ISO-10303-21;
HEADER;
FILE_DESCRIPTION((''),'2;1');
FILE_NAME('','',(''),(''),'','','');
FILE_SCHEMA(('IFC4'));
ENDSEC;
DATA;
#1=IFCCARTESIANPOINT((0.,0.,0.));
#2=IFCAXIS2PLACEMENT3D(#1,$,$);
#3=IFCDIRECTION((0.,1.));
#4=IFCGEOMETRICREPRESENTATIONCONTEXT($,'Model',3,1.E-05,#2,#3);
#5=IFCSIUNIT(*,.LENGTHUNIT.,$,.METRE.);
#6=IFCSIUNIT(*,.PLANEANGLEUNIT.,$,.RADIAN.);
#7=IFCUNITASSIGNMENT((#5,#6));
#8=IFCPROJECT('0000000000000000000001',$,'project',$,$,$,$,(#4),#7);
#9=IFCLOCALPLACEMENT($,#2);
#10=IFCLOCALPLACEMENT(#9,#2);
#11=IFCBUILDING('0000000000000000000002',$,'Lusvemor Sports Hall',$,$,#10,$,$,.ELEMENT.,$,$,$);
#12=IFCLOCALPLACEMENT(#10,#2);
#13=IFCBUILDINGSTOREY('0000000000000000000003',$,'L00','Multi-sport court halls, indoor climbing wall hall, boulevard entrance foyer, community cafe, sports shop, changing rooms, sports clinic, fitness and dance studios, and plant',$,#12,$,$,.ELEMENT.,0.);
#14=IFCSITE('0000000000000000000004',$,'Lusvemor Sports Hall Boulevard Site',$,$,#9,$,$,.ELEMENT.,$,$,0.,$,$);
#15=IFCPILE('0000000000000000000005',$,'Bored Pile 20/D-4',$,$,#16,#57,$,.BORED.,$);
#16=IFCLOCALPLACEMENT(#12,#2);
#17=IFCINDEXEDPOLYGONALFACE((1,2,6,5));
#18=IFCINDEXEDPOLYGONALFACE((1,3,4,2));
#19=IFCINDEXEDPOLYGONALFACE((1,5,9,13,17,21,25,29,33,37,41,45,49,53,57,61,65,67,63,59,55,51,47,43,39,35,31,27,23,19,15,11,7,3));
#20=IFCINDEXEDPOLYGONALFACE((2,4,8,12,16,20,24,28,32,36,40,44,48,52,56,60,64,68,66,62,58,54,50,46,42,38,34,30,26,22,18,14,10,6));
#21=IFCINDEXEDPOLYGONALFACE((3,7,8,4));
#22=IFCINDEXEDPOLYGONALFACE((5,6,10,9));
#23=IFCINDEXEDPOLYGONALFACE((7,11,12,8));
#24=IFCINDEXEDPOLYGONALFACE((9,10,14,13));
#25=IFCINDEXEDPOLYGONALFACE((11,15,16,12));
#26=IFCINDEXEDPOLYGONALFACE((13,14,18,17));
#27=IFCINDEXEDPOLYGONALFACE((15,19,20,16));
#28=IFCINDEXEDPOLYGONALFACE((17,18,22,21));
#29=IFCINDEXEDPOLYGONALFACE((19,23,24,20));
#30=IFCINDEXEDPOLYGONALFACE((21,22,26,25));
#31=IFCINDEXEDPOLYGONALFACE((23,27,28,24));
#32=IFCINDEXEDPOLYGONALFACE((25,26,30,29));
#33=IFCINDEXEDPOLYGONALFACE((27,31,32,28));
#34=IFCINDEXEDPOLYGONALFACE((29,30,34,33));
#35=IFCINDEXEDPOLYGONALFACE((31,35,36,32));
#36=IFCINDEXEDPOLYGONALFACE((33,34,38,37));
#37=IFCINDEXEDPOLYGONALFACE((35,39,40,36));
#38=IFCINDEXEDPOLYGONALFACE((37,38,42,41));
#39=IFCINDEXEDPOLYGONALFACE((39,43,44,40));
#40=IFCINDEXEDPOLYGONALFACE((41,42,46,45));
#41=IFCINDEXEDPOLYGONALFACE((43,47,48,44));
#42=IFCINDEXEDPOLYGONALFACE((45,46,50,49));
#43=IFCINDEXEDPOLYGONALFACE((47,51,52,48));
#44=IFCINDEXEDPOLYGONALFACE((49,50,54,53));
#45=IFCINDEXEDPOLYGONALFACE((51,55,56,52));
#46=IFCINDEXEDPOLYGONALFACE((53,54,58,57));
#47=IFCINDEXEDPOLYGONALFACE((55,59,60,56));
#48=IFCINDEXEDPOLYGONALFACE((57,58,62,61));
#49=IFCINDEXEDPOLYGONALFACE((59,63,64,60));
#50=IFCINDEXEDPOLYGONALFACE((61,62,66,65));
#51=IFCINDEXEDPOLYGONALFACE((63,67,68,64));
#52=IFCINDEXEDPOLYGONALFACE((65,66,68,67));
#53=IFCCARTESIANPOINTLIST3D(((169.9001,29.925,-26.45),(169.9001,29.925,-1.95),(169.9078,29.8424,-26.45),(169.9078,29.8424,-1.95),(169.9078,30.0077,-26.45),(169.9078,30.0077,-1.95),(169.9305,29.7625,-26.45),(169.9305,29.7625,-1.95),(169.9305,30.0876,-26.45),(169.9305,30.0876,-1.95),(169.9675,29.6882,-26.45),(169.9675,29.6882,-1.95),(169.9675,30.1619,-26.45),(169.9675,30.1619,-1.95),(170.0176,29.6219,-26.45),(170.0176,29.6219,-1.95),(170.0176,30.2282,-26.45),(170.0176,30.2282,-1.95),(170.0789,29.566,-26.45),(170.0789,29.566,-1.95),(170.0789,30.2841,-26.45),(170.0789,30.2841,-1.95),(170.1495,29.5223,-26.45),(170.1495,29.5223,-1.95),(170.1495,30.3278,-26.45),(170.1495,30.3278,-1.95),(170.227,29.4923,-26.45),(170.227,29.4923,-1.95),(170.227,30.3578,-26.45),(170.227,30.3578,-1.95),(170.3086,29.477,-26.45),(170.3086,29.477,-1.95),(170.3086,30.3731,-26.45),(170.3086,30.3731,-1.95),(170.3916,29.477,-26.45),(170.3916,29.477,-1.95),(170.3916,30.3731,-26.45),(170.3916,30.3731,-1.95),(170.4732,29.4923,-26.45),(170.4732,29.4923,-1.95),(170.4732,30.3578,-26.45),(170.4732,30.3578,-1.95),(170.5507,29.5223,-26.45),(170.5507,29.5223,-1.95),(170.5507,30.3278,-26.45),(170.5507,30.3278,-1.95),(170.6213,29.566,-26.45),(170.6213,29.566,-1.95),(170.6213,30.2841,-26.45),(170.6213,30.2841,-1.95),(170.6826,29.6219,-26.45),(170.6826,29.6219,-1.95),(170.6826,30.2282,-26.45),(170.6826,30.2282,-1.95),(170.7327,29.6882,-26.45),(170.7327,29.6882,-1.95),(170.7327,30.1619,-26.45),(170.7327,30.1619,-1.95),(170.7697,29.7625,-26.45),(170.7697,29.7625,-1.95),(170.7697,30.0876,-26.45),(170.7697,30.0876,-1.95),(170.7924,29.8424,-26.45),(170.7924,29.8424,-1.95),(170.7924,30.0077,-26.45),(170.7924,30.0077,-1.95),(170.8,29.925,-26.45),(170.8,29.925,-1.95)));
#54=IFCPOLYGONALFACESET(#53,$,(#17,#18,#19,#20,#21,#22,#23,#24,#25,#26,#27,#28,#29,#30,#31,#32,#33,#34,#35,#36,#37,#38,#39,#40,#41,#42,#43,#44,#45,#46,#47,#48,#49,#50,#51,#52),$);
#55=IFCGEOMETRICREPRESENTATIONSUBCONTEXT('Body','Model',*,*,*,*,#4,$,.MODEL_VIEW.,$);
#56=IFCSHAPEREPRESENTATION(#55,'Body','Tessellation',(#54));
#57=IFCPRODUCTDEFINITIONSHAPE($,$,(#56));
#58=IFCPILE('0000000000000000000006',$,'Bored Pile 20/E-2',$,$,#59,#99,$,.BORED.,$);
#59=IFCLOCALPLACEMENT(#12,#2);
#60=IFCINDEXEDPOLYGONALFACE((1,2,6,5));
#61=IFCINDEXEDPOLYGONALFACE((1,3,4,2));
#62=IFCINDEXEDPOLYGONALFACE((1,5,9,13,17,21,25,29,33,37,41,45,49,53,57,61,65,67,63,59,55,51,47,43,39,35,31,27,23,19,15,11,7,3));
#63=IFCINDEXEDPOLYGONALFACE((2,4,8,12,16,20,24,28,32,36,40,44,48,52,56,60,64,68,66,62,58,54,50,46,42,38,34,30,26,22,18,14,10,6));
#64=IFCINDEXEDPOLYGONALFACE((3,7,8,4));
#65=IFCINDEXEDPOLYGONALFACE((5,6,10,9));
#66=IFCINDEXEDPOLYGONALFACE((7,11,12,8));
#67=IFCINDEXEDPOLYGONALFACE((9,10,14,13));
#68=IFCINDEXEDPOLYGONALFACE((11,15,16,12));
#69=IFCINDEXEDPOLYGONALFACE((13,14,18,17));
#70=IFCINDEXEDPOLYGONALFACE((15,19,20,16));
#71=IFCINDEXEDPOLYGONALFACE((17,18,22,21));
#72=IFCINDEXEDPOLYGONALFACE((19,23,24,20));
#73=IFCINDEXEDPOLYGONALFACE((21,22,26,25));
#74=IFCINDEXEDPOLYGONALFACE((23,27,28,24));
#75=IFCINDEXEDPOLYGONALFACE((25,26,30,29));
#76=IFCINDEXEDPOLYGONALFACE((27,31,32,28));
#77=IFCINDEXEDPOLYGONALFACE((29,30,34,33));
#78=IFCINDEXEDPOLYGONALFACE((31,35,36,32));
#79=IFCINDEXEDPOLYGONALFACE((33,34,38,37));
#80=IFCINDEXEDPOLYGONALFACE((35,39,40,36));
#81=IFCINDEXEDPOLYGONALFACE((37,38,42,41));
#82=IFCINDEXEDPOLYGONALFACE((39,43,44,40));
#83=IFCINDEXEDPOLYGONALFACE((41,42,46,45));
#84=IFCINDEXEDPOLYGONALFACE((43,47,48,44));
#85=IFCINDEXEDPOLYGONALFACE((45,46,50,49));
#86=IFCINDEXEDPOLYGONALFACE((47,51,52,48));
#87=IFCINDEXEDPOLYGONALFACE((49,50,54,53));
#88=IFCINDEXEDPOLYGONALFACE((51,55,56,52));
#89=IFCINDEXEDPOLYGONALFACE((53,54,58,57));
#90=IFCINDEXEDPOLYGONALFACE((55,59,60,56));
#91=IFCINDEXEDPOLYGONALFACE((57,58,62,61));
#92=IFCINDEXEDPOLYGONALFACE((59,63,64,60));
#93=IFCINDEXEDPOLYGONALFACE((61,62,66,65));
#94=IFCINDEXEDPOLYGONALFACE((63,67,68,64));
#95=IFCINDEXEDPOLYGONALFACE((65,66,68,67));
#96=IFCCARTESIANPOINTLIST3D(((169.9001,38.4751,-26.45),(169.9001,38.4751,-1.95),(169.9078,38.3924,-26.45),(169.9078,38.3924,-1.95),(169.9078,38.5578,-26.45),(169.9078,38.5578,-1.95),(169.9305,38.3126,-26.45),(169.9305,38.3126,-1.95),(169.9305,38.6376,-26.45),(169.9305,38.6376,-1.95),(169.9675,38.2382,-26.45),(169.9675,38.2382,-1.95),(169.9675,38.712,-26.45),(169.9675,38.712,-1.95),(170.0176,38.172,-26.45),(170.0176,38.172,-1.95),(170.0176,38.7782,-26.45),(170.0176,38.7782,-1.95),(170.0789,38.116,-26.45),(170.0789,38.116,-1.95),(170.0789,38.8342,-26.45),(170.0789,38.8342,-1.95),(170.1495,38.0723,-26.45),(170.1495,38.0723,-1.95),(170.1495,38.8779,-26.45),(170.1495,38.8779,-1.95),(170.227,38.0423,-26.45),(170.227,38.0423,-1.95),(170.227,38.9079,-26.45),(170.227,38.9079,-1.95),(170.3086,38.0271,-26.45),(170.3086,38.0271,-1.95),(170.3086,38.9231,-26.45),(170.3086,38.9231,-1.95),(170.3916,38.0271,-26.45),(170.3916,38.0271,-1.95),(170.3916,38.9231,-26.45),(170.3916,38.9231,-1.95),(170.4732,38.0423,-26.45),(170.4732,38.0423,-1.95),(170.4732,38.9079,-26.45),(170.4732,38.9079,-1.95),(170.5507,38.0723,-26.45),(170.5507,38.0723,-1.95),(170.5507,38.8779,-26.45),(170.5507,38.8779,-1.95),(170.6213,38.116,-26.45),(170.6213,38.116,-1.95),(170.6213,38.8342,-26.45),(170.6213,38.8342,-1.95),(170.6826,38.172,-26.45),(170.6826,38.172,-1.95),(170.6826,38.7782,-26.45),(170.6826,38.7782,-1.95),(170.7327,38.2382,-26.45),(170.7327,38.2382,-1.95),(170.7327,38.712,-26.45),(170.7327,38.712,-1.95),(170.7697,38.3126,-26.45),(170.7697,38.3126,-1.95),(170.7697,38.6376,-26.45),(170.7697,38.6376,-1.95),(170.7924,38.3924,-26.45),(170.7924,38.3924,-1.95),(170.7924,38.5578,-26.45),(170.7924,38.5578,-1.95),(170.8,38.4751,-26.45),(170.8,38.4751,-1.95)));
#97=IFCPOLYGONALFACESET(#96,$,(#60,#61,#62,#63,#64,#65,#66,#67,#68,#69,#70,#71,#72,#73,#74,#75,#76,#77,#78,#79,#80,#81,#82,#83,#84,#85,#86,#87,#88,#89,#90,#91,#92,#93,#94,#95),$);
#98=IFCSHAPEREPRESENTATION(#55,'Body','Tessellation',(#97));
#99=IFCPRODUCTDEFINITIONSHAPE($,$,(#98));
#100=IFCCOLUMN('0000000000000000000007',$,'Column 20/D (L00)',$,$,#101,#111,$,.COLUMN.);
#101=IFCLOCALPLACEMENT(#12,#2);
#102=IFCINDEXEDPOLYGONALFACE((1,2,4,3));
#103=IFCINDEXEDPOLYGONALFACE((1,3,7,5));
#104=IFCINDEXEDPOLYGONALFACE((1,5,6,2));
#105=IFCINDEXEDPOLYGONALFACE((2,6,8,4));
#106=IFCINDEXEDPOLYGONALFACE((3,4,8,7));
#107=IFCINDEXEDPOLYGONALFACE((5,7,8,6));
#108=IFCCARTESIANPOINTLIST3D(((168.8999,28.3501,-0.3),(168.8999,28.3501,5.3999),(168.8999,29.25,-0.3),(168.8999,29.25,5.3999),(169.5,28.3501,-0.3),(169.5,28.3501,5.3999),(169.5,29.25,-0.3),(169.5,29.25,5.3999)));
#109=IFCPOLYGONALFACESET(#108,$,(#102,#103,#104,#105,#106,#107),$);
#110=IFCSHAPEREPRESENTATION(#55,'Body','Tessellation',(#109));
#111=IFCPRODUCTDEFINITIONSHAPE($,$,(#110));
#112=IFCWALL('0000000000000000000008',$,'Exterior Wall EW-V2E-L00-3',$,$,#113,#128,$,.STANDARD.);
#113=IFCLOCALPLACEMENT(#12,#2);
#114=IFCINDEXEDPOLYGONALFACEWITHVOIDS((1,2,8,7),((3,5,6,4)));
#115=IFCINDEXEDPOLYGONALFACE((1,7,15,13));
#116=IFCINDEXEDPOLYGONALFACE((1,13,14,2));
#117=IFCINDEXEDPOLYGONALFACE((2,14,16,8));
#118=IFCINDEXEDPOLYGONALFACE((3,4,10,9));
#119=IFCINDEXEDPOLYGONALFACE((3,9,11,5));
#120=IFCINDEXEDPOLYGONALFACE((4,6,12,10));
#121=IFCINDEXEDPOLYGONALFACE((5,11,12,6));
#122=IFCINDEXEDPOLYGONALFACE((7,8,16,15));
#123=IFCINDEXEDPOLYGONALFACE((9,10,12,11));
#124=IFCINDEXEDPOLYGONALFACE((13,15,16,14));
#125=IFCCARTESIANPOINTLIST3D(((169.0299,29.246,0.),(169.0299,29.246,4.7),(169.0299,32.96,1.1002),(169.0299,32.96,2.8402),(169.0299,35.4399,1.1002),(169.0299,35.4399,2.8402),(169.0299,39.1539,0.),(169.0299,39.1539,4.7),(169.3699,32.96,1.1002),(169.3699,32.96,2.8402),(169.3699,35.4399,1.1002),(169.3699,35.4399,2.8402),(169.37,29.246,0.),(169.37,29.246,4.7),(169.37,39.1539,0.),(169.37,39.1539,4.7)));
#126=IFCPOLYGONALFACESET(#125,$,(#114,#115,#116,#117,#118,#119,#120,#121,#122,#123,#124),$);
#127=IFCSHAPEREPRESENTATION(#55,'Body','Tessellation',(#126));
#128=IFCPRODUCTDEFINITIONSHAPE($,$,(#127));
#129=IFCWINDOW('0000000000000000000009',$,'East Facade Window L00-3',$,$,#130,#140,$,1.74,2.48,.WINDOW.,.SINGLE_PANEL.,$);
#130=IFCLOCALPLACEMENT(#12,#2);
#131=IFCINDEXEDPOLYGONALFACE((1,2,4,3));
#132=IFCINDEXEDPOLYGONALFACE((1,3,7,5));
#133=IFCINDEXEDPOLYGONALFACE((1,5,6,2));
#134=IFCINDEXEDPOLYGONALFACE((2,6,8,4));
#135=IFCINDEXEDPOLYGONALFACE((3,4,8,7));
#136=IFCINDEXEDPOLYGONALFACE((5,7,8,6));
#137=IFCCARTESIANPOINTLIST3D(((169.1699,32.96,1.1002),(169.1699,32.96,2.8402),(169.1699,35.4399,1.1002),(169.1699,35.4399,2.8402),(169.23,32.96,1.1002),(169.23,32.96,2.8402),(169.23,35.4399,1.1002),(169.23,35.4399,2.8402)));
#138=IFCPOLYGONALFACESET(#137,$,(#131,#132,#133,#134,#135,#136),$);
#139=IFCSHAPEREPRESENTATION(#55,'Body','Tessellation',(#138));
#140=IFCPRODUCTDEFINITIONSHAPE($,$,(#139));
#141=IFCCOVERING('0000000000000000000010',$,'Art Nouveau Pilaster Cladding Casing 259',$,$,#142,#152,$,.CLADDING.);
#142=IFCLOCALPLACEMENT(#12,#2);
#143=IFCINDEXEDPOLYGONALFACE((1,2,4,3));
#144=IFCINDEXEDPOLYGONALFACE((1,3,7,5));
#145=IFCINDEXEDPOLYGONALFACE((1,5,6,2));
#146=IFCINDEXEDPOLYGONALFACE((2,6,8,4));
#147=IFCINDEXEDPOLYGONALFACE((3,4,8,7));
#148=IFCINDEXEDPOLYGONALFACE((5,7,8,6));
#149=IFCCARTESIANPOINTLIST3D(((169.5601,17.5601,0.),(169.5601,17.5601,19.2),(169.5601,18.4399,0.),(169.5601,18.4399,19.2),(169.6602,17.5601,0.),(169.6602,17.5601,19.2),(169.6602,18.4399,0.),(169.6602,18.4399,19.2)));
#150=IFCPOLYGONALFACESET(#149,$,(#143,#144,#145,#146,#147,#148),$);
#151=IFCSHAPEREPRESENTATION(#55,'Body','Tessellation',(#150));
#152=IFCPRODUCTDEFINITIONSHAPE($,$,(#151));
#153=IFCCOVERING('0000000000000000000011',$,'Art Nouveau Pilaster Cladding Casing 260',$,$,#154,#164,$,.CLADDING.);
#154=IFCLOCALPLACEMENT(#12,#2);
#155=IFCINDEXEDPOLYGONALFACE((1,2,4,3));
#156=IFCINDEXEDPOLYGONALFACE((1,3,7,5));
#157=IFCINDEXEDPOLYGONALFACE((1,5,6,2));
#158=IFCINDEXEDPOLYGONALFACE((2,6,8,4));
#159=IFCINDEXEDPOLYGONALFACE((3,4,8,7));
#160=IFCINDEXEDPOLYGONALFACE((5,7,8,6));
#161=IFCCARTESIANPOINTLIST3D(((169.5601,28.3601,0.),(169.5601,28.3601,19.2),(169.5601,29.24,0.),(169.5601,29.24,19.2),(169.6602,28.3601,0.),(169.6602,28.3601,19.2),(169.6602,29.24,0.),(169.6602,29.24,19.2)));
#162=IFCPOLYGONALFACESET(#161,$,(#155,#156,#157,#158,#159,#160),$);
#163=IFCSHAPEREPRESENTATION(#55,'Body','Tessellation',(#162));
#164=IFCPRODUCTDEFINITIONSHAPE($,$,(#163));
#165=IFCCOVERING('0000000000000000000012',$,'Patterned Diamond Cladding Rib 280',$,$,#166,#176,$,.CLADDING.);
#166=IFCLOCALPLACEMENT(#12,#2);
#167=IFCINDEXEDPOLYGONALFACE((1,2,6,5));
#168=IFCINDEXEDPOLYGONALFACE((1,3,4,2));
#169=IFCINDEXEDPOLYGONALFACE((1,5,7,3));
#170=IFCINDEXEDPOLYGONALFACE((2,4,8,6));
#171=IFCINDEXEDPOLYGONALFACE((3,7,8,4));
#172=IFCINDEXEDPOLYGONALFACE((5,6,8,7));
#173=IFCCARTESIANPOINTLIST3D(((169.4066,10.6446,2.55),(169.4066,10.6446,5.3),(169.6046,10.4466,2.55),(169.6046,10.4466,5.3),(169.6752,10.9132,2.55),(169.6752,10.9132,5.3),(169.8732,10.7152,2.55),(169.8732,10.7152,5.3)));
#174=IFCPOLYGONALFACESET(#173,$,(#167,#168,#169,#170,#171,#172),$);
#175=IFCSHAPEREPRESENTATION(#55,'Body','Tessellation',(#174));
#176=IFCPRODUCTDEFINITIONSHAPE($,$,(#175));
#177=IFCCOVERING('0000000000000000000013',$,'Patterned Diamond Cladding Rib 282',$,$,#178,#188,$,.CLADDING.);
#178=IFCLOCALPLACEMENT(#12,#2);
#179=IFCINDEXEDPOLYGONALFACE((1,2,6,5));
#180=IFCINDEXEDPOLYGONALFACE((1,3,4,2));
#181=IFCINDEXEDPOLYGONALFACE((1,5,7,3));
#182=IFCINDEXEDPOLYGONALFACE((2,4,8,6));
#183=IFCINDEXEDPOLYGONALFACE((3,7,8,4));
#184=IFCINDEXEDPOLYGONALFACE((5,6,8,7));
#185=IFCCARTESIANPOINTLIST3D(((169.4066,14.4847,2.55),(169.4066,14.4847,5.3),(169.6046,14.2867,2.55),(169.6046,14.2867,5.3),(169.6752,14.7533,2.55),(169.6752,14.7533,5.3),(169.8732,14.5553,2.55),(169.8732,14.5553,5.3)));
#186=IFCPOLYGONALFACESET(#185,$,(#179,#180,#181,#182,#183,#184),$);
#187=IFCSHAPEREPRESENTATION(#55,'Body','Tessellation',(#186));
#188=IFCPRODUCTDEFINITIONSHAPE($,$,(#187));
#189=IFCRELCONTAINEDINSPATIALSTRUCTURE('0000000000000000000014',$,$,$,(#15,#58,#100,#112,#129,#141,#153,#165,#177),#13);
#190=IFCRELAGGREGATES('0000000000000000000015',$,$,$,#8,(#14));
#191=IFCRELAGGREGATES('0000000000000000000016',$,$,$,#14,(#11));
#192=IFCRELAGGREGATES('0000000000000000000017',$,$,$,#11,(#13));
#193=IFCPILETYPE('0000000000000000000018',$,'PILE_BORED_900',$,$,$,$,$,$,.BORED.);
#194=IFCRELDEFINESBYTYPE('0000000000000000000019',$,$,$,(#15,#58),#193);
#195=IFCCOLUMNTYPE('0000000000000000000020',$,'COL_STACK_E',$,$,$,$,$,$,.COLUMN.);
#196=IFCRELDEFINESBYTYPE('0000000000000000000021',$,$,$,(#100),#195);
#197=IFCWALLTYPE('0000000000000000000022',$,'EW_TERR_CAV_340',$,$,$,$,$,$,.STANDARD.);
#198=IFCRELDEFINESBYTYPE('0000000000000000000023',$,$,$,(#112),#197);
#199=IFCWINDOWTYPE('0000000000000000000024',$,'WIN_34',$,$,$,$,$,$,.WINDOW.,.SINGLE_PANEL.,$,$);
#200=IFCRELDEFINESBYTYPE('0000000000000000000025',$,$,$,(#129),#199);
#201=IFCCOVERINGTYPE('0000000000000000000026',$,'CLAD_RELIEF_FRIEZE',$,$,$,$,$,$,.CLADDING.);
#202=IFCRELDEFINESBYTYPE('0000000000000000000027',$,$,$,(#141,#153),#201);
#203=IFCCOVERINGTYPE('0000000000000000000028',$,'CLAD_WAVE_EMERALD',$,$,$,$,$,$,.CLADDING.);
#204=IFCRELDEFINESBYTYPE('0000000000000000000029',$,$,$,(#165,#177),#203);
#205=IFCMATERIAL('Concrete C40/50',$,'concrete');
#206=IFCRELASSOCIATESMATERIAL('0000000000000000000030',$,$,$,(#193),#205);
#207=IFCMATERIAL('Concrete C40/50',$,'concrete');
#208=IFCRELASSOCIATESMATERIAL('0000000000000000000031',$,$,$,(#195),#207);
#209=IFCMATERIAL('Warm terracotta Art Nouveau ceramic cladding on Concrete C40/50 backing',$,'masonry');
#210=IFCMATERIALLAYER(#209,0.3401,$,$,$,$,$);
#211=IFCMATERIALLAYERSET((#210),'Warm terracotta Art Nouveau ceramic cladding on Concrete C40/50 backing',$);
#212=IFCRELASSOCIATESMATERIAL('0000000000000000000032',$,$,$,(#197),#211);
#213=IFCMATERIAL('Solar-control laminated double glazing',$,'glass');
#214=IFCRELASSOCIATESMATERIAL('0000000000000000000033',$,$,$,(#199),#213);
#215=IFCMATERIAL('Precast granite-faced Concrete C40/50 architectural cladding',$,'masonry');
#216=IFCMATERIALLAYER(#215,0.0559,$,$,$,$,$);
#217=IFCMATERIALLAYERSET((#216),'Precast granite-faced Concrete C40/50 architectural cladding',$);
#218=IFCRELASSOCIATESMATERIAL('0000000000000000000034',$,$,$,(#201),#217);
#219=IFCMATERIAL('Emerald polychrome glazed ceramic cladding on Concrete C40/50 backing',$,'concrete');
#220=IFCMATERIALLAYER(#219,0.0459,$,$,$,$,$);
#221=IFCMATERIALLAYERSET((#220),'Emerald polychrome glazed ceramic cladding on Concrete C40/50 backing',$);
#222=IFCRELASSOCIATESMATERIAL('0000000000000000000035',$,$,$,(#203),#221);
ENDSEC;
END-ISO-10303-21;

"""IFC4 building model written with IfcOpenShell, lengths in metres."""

from ifc_helpers import new_model, si_unit, direction, frame, frame_2d, origin, origin_2d, place, context, subcontext, project, spatial, rectangle, circle, extrude, material, layer, layer_set, material_profile, profile_set, type_object, element, fill, save


model = new_model("IFC4")

# Units and contexts
model_context = context("Model", 3, precision=1e-05, world=origin(), true_north=direction((0.0, 1.0)))
body_context = subcontext(model_context, "Body", "Model", "MODEL_VIEW")
ifc_project = project(units=[si_unit("LENGTHUNIT", "METRE"), si_unit("PLANEANGLEUNIT", "RADIAN")], contexts=[model_context])

# Site, building, storey
site_placement = place(None, origin())
site = spatial("IfcSite", under=ifc_project, at=site_placement, Name="Lusvemor Sports Hall Boulevard Site", CompositionType="ELEMENT", RefElevation=0.0)
building_placement = place(site_placement, origin())
building = spatial("IfcBuilding", under=site, at=building_placement, Name="Lusvemor Sports Hall", CompositionType="ELEMENT")
storey_placement = place(building_placement, origin())
storey = spatial("IfcBuildingStorey", under=building, at=storey_placement, Name="L00", Description="Multi-sport court halls, indoor climbing wall hall, boulevard entrance foyer, community cafe, sports shop, changing rooms, sports clinic, fitness and dance studios, and plant", CompositionType="ELEMENT", Elevation=0.0)

# Piles
ifc_material_1 = material(Name="Concrete C40/50", Category="concrete")
ifc_material_profile_1 = material_profile(ifc_material_1, circle(Radius=0.45, at=origin_2d()), Name="PILE900")
ifc_profile_set_1 = profile_set([ifc_material_profile_1], Name="Concrete C40/50")
pile_type = type_object("IfcPileType", Name="PILE_BORED_900", PredefinedType="BORED", material=ifc_profile_set_1)
for number, where, z_axis, x_axis, name in (
    (1, (170.3501, 29.925, -1.95), (0.0, 0.0, -1.0), (1.0, 0.0, 0.0), "Bored Pile 20/D-4"),
    (2, (170.3501, 38.4751, -1.95), (0.0, 0.0, -1.0), (1.0, 0.0, 0.0), "Bored Pile 20/E-2"),
):
    element("IfcPile", number, at=place(storey_placement, frame(where, z_axis=z_axis, x_axis=x_axis)), inside=storey, type_object=pile_type, Name=name, PredefinedType="BORED", context=body_context, shape_type="SweptSolid", body=[
        extrude(circle(Radius=0.45, at=origin_2d()), origin(), (0.0, 0.0, 1.0), 24.5),
    ])

# Column
ifc_material_2 = material(Name="Concrete C40/50", Category="concrete")
ifc_material_profile_2 = material_profile(ifc_material_2, rectangle(XDim=0.6001, YDim=0.8999, at=origin_2d()), Name="RC600x900")
ifc_profile_set_2 = profile_set([ifc_material_profile_2], Name="Concrete C40/50")
column_type = type_object("IfcColumnType", Name="COL_STACK_E", PredefinedType="COLUMN", material=ifc_profile_set_2)
column_placement = place(storey_placement, frame((169.2, 28.8, -0.3), z_axis=(0.0, 0.0, 1.0), x_axis=(1.0, 0.0, 0.0)))
element("IfcColumn", 3, at=column_placement, inside=storey, type_object=column_type, Name="Column 20/D (L00)", PredefinedType="COLUMN", context=body_context, shape_type="SweptSolid", body=[
    extrude(rectangle(XDim=0.6001, YDim=0.8999, at=origin_2d()), origin(), (0.0, 0.0, 1.0), 5.7),
])

# Shared definitions
ifc_material_3 = material(Name="Warm terracotta Art Nouveau ceramic cladding on Concrete C40/50 backing", Category="masonry")
ifc_layer_1 = layer(ifc_material_3, 0.3401)
ifc_layer_set_1 = layer_set([ifc_layer_1], Name="Warm terracotta Art Nouveau ceramic cladding on Concrete C40/50 backing")
wall_type = type_object("IfcWallType", Name="EW_TERR_CAV_340", PredefinedType="STANDARD", material=ifc_layer_set_1)

# Wall, opening, window
wall_1_placement = place(storey_placement, frame((169.2, 39.1541, 0.0), z_axis=(0.0, 0.0, 1.0), x_axis=(0.0, -1.0, 0.0)))
wall_1 = element("IfcWall", 4, at=wall_1_placement, inside=storey, type_object=wall_type, Name="Exterior Wall EW-V2E-L00-3", PredefinedType="STANDARD", context=body_context, shape_type="SweptSolid", body=[
    extrude(rectangle(XDim=9.908, YDim=0.3401, at=frame_2d((4.9541, 0.0))), origin(), (0.0, 0.0, 1.0), 4.7),
])
opening_1_placement = place(wall_1_placement, frame((3.7141, 0.0, 1.1001)))
opening_1 = element("IfcOpeningElement", 5, at=opening_1_placement, cuts=wall_1, PredefinedType="OPENING", context=body_context, shape_type="SweptSolid", body=[
    extrude(rectangle(XDim=2.48, YDim=1.74, at=frame_2d((1.24, 0.8701))), frame((0.0, 0.1699, 0.0), z_axis=(0.0, -1.0, 0.0), x_axis=(1.0, 0.0, 0.0)), (0.0, 0.0, 1.0), 0.3401),
])
ifc_material_4 = material(Name="Solar-control laminated double glazing", Category="glass")
window_type = type_object("IfcWindowType", Name="WIN_34", PartitioningType="SINGLE_PANEL", PredefinedType="WINDOW", material=ifc_material_4)
window_placement = place(opening_1_placement, origin())
window = element("IfcWindow", 6, at=window_placement, inside=storey, type_object=window_type, Name="East Facade Window L00-3", OverallHeight=1.74, OverallWidth=2.48, PartitioningType="SINGLE_PANEL", PredefinedType="WINDOW", context=body_context, shape_type="SweptSolid", body=[
    extrude(rectangle(XDim=2.48, YDim=1.74, at=frame_2d((1.24, 0.8701))), frame((0.0, 0.03, 0.0), z_axis=(0.0, -1.0, 0.0), x_axis=(1.0, 0.0, 0.0)), (0.0, 0.0, 1.0), 0.0601),
])
fill(opening_1, window)

# Coverings
ifc_material_5 = material(Name="Precast granite-faced Concrete C40/50 architectural cladding", Category="masonry")
ifc_layer_2 = layer(ifc_material_5, 0.0559)
ifc_layer_set_2 = layer_set([ifc_layer_2], Name="Precast granite-faced Concrete C40/50 architectural cladding")
covering_type_1 = type_object("IfcCoveringType", Name="CLAD_RELIEF_FRIEZE", PredefinedType="CLADDING", material=ifc_layer_set_2)
for number, where, z_axis, x_axis, name in (
    (7, (169.6101, 18.0, 0.0), (0.0, 0.0, 1.0), (1.0, 0.0, 0.0), "Art Nouveau Pilaster Cladding Casing 259"),
    (8, (169.6101, 28.8, 0.0), (0.0, 0.0, 1.0), (1.0, 0.0, 0.0), "Art Nouveau Pilaster Cladding Casing 260"),
):
    element("IfcCovering", number, at=place(storey_placement, frame(where, z_axis=z_axis, x_axis=x_axis)), inside=storey, type_object=covering_type_1, Name=name, PredefinedType="CLADDING", context=body_context, shape_type="SweptSolid", body=[
        extrude(rectangle(XDim=0.1001, YDim=0.8799, at=origin_2d()), origin(), (0.0, 0.0, 1.0), 19.2),
    ])
ifc_material_6 = material(Name="Emerald polychrome glazed ceramic cladding on Concrete C40/50 backing", Category="concrete")
ifc_layer_3 = layer(ifc_material_6, 0.0459)
ifc_layer_set_3 = layer_set([ifc_layer_3], Name="Emerald polychrome glazed ceramic cladding on Concrete C40/50 backing")
covering_type_2 = type_object("IfcCoveringType", Name="CLAD_WAVE_EMERALD", PredefinedType="CLADDING", material=ifc_layer_set_3)
for number, where, z_axis, x_axis, name in (
    (9, (169.6399, 10.6799, 2.55), (0.0, 0.0, 1.0), (0.707107, 0.707107, 0.0), "Patterned Diamond Cladding Rib 280"),
    (10, (169.6399, 14.52, 2.55), (0.0, 0.0, 1.0), (0.707107, 0.707107, 0.0), "Patterned Diamond Cladding Rib 282"),
):
    element("IfcCovering", number, at=place(storey_placement, frame(where, z_axis=z_axis, x_axis=x_axis)), inside=storey, type_object=covering_type_2, Name=name, PredefinedType="CLADDING", context=body_context, shape_type="SweptSolid", body=[
        extrude(rectangle(XDim=0.3799, YDim=0.28, at=origin_2d()), origin(), (0.0, 0.0, 1.0), 2.75),
    ])

save(model, "model.ifc")
